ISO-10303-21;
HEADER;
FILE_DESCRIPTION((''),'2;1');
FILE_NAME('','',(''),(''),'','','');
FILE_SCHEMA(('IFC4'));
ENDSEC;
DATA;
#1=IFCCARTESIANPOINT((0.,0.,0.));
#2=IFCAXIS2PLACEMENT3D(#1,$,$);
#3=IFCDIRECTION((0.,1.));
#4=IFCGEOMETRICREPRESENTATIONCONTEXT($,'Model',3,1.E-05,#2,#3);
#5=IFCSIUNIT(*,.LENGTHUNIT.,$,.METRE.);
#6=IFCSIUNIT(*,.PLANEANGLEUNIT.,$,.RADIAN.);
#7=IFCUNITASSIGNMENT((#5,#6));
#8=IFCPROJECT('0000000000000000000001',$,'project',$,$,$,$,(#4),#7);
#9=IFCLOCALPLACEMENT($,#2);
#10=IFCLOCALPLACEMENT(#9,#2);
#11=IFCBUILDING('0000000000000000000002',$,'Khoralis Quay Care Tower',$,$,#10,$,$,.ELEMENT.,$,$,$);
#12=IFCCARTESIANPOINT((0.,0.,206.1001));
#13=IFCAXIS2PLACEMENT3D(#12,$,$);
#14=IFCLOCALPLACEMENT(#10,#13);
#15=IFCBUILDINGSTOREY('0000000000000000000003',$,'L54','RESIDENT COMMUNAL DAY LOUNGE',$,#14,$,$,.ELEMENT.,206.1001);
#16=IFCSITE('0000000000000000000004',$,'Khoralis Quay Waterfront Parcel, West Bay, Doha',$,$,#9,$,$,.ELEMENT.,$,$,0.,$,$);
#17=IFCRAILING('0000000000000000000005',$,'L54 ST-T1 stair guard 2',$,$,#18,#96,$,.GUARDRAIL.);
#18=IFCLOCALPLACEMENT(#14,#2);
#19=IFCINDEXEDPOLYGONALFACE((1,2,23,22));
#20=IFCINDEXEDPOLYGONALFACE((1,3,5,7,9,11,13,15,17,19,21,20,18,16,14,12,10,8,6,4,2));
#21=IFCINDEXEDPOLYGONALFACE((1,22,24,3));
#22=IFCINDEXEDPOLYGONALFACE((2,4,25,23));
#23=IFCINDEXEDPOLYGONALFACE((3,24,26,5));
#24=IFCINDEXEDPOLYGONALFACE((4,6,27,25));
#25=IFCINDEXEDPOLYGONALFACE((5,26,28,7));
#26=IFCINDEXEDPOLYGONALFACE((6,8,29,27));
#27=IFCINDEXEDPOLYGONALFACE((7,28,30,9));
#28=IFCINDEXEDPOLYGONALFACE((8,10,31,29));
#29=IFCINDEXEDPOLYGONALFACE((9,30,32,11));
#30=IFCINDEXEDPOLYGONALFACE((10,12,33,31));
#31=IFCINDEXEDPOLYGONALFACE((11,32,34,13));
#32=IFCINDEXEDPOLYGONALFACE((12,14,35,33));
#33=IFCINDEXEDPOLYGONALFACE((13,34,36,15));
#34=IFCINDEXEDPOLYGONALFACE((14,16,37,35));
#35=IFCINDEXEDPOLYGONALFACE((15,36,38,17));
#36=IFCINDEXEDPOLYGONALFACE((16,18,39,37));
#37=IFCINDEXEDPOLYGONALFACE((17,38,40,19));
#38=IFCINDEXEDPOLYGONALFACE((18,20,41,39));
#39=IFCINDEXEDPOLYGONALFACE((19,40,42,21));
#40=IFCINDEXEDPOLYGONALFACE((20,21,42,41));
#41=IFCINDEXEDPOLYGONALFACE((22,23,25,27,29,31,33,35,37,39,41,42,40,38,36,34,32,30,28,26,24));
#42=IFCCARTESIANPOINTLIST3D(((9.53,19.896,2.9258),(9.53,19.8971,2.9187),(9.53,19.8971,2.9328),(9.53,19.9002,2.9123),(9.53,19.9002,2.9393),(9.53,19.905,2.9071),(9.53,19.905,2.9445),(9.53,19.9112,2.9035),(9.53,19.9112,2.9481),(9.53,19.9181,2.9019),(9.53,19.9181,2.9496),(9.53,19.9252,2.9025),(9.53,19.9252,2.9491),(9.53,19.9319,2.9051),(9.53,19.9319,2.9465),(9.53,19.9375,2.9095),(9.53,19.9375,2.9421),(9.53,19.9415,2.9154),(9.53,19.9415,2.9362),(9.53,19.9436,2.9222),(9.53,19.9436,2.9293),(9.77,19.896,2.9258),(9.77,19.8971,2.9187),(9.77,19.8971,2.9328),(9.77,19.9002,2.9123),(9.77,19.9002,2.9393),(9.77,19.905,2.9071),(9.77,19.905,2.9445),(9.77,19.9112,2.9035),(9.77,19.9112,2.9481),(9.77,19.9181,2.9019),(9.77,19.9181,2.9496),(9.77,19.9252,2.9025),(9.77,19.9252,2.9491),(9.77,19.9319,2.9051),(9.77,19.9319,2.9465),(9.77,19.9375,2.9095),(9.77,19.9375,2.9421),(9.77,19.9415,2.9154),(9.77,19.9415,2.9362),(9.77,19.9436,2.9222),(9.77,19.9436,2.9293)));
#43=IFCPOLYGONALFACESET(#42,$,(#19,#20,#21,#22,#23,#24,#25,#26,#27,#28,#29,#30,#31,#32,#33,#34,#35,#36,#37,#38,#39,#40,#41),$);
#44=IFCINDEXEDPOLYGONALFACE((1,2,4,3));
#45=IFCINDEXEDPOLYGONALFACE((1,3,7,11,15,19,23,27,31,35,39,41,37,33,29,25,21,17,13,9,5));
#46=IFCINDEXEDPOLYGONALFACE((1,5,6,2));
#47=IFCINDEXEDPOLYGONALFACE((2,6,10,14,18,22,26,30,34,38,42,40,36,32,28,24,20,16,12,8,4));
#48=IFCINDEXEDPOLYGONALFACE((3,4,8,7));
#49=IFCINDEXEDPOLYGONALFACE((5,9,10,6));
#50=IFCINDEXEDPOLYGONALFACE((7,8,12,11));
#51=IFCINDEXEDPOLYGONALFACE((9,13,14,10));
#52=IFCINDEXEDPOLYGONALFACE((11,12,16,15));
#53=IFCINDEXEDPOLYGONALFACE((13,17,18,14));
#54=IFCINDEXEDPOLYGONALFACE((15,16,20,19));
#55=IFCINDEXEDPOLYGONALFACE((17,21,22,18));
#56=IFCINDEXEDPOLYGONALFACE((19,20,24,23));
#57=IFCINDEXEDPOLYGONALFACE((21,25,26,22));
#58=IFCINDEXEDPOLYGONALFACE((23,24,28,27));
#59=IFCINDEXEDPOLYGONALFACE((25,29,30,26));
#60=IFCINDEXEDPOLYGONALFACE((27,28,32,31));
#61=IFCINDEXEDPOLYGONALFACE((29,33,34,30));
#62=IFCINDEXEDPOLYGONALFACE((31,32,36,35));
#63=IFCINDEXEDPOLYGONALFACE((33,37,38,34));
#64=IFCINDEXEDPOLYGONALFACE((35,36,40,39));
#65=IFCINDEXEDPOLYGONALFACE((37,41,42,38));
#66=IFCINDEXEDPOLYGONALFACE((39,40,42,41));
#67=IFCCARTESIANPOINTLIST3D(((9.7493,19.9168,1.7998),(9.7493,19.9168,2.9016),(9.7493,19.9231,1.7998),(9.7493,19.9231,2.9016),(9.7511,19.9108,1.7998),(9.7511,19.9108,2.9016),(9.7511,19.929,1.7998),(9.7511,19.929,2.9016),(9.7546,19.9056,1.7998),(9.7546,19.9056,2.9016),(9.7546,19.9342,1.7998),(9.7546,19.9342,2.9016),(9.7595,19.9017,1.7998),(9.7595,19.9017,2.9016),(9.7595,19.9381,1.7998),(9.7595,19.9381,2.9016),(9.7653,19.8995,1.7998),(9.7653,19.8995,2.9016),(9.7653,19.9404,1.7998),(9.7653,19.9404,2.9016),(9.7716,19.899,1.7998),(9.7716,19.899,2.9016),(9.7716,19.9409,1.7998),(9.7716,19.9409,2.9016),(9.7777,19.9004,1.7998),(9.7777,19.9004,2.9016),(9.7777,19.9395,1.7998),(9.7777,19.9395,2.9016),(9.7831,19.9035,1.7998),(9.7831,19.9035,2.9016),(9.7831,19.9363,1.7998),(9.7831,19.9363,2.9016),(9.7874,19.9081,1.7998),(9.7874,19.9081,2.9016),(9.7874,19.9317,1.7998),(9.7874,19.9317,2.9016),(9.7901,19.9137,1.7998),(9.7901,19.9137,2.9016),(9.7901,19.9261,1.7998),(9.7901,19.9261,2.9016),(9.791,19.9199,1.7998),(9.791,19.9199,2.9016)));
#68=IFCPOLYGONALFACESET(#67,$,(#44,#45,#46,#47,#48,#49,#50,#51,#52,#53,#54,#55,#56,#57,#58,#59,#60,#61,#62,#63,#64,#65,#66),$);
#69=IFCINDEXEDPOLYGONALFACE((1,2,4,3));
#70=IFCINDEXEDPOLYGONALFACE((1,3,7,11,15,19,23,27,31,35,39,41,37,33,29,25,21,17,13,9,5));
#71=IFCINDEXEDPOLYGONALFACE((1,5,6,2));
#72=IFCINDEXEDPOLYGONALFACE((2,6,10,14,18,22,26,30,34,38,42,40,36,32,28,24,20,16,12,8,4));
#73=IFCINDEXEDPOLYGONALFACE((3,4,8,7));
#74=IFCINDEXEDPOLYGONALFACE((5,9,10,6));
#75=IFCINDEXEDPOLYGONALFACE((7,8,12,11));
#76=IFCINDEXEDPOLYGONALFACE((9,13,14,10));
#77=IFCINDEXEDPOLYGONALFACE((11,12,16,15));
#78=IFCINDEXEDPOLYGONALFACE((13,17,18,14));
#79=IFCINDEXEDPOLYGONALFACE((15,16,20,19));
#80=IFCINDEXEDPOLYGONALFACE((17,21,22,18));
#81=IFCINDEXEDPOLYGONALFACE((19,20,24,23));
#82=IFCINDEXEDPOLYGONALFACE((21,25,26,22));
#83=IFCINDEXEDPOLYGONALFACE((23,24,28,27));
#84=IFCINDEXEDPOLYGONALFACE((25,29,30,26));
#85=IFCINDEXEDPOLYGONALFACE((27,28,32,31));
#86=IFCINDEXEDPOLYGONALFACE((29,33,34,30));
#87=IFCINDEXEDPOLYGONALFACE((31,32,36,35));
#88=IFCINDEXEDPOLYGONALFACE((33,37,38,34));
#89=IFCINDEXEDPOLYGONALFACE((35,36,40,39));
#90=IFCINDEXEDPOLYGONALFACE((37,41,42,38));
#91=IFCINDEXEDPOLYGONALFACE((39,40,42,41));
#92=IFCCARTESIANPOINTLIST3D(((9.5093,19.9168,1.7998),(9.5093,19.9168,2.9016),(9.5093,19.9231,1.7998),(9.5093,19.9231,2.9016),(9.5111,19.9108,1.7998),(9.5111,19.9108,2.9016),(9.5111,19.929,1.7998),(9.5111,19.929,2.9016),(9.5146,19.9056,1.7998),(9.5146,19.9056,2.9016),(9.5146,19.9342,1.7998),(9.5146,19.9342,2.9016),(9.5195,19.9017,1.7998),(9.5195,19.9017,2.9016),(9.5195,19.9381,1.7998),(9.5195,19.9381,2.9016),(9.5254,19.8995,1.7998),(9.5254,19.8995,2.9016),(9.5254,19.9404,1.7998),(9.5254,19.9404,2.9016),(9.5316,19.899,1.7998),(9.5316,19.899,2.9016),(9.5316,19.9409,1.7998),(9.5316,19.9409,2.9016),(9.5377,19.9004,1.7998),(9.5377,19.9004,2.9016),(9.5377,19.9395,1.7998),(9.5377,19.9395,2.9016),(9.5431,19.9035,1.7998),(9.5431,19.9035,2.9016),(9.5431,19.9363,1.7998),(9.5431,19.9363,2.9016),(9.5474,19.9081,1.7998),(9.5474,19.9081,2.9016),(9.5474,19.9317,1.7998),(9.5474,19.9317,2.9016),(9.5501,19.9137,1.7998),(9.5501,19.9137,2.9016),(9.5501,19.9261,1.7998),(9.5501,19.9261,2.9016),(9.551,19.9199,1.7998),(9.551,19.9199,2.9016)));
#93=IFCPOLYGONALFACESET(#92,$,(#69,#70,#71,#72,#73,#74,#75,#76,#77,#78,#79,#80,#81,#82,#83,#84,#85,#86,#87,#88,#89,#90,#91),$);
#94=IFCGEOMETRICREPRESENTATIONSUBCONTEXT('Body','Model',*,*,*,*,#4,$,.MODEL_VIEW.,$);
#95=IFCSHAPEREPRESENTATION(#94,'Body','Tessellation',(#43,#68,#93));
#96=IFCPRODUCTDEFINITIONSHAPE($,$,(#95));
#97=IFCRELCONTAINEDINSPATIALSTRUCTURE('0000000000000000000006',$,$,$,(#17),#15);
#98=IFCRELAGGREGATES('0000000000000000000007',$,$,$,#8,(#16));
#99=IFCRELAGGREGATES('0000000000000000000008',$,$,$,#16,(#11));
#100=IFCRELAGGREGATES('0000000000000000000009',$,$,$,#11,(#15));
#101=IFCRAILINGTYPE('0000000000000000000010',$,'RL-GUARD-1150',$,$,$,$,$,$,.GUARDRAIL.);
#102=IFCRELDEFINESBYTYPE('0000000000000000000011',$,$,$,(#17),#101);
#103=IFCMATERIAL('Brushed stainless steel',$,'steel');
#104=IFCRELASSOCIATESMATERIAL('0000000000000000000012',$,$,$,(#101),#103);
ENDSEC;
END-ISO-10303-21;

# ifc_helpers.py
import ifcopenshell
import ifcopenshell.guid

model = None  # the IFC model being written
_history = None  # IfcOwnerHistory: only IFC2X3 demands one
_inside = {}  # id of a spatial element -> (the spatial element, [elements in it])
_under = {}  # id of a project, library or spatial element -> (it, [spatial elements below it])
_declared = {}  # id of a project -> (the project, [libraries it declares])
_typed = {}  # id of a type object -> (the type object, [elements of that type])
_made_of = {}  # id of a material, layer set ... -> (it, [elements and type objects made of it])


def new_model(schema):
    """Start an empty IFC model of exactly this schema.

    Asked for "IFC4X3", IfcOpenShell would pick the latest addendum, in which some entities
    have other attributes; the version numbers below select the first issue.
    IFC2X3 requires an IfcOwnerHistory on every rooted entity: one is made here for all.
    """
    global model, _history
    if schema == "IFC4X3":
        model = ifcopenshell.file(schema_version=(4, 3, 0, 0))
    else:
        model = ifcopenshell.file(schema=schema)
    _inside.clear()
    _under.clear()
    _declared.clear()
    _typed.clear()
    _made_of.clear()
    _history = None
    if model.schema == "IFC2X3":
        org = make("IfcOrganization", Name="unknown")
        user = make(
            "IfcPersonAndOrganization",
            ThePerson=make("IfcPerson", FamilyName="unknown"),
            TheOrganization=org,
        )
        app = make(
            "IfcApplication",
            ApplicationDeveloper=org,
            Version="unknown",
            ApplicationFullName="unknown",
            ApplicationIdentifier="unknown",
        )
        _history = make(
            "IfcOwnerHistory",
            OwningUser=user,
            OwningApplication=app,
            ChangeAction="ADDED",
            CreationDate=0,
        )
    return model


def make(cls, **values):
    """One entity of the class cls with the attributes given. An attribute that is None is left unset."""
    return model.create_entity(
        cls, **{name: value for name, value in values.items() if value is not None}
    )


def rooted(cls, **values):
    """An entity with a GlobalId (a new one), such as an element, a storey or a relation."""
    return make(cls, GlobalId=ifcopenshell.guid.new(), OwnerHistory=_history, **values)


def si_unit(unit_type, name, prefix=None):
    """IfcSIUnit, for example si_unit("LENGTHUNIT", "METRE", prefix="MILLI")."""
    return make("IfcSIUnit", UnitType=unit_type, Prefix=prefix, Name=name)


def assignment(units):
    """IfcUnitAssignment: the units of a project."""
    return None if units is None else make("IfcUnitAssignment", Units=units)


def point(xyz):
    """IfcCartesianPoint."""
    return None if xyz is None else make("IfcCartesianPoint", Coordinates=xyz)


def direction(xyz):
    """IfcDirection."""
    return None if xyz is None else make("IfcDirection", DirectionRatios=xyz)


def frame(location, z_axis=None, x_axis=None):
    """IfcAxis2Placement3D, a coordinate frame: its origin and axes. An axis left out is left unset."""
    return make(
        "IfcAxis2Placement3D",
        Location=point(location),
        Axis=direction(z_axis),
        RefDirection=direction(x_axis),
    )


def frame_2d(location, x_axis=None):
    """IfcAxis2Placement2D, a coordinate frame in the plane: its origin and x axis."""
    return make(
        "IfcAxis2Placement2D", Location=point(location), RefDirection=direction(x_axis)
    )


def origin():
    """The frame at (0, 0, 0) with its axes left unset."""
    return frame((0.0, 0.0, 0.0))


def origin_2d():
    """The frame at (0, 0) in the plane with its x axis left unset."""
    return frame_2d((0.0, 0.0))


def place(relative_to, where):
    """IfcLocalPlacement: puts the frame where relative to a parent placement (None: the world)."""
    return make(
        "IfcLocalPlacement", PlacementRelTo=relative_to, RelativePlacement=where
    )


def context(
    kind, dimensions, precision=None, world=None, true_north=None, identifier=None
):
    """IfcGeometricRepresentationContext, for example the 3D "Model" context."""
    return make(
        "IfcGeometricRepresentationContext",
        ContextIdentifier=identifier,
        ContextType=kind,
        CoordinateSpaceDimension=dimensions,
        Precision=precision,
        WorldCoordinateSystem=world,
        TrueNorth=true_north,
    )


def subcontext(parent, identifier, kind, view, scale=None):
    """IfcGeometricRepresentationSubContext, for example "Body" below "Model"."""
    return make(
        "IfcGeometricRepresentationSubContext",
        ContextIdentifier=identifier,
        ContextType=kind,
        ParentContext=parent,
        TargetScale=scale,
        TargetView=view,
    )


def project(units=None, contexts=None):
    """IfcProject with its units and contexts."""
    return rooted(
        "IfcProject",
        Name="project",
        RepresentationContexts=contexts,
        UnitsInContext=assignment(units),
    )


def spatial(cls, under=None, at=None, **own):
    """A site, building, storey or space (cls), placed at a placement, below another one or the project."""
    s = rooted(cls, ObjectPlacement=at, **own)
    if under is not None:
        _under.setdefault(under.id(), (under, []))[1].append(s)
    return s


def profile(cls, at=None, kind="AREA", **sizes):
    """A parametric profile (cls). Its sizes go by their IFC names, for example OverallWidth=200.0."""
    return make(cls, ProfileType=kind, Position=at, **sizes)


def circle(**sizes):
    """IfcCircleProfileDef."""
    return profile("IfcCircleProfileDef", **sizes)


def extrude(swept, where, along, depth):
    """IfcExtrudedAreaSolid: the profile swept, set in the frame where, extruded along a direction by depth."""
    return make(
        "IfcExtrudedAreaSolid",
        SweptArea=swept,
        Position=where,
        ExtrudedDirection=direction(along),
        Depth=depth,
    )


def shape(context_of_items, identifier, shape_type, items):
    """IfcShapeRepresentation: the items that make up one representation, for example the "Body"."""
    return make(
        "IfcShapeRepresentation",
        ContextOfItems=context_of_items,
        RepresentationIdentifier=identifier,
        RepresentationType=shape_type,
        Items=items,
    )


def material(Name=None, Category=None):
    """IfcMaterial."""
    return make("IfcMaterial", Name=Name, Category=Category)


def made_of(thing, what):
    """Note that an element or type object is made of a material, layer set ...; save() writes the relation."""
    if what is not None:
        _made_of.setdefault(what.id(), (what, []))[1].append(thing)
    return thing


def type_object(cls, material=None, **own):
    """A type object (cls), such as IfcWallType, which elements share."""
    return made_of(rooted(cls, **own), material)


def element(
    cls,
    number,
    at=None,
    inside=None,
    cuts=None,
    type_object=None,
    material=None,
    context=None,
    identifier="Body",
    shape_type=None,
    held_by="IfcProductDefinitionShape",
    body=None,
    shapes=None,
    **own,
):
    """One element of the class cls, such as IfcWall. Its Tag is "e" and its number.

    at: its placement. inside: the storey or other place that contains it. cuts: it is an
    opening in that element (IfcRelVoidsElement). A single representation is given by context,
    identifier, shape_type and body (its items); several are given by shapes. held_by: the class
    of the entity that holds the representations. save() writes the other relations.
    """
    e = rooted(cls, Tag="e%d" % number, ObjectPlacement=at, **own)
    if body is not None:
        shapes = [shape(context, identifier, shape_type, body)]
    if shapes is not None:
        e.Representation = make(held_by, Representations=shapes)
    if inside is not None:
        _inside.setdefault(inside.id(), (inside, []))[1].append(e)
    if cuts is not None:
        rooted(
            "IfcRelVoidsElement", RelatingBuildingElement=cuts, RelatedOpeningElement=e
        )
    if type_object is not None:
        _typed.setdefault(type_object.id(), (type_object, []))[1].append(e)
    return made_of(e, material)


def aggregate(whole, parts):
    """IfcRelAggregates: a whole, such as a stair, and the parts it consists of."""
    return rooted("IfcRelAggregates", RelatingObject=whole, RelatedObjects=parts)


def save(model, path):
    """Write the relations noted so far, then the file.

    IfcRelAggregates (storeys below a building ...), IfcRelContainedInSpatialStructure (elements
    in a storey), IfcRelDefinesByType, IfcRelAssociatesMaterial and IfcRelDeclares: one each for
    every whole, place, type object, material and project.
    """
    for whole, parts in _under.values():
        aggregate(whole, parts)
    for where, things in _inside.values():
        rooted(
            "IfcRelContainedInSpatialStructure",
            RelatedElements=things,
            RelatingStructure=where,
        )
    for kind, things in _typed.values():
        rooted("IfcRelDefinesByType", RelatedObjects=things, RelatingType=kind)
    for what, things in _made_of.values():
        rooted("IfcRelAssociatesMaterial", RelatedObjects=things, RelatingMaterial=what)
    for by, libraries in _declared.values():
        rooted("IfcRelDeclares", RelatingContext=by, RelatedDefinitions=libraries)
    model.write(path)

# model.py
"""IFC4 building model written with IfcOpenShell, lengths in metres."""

from ifc_helpers import new_model, si_unit, direction, frame, origin, origin_2d, place, context, subcontext, project, spatial, circle, extrude, material, type_object, element, save


model = new_model("IFC4")

# Units and contexts
model_context = context("Model", 3, precision=1e-05, world=origin(), true_north=direction((0.0, 1.0)))
body_context = subcontext(model_context, "Body", "Model", "MODEL_VIEW")
ifc_project = project(units=[si_unit("LENGTHUNIT", "METRE"), si_unit("PLANEANGLEUNIT", "RADIAN")], contexts=[model_context])

# Site, building, storey
site_placement = place(None, origin())
site = spatial("IfcSite", under=ifc_project, at=site_placement, Name="Khoralis Quay Waterfront Parcel, West Bay, Doha", CompositionType="ELEMENT", RefElevation=0.0)
building_placement = place(site_placement, origin())
building = spatial("IfcBuilding", under=site, at=building_placement, Name="Khoralis Quay Care Tower", CompositionType="ELEMENT")
storey_placement = place(building_placement, frame((0.0, 0.0, 206.1001)))
storey = spatial("IfcBuildingStorey", under=building, at=storey_placement, Name="L54", Description="RESIDENT COMMUNAL DAY LOUNGE", CompositionType="ELEMENT", Elevation=206.1001)

# Railing
ifc_material_1 = material(Name="Brushed stainless steel", Category="steel")
railing_type_1 = type_object("IfcRailingType", Name="RL-GUARD-1150", PredefinedType="GUARDRAIL", material=ifc_material_1)
railing_1_placement = place(storey_placement, frame((9.77, 19.9199, 1.7998)))
element("IfcRailing", 1, at=railing_1_placement, inside=storey, type_object=railing_type_1, Name="L54 ST-T1 stair guard 2", PredefinedType="GUARDRAIL", context=body_context, shape_type="SweptSolid", body=[
    extrude(circle(Radius=0.0239, at=origin_2d()), frame((0.0, 0.0, 1.126), z_axis=(-1.0, 0.0, 0.0), x_axis=(0.0, -1.0, 0.0)), (0.0, 0.0, 1.0), 0.24),
    extrude(circle(Radius=0.021, at=origin_2d()), origin(), (0.0, 0.0, 1.0), 1.1018),
    extrude(circle(Radius=0.021, at=origin_2d()), frame((-0.24, 0.0, 0.0)), (0.0, 0.0, 1.0), 1.1018),
])

save(model, "model.ifc")
